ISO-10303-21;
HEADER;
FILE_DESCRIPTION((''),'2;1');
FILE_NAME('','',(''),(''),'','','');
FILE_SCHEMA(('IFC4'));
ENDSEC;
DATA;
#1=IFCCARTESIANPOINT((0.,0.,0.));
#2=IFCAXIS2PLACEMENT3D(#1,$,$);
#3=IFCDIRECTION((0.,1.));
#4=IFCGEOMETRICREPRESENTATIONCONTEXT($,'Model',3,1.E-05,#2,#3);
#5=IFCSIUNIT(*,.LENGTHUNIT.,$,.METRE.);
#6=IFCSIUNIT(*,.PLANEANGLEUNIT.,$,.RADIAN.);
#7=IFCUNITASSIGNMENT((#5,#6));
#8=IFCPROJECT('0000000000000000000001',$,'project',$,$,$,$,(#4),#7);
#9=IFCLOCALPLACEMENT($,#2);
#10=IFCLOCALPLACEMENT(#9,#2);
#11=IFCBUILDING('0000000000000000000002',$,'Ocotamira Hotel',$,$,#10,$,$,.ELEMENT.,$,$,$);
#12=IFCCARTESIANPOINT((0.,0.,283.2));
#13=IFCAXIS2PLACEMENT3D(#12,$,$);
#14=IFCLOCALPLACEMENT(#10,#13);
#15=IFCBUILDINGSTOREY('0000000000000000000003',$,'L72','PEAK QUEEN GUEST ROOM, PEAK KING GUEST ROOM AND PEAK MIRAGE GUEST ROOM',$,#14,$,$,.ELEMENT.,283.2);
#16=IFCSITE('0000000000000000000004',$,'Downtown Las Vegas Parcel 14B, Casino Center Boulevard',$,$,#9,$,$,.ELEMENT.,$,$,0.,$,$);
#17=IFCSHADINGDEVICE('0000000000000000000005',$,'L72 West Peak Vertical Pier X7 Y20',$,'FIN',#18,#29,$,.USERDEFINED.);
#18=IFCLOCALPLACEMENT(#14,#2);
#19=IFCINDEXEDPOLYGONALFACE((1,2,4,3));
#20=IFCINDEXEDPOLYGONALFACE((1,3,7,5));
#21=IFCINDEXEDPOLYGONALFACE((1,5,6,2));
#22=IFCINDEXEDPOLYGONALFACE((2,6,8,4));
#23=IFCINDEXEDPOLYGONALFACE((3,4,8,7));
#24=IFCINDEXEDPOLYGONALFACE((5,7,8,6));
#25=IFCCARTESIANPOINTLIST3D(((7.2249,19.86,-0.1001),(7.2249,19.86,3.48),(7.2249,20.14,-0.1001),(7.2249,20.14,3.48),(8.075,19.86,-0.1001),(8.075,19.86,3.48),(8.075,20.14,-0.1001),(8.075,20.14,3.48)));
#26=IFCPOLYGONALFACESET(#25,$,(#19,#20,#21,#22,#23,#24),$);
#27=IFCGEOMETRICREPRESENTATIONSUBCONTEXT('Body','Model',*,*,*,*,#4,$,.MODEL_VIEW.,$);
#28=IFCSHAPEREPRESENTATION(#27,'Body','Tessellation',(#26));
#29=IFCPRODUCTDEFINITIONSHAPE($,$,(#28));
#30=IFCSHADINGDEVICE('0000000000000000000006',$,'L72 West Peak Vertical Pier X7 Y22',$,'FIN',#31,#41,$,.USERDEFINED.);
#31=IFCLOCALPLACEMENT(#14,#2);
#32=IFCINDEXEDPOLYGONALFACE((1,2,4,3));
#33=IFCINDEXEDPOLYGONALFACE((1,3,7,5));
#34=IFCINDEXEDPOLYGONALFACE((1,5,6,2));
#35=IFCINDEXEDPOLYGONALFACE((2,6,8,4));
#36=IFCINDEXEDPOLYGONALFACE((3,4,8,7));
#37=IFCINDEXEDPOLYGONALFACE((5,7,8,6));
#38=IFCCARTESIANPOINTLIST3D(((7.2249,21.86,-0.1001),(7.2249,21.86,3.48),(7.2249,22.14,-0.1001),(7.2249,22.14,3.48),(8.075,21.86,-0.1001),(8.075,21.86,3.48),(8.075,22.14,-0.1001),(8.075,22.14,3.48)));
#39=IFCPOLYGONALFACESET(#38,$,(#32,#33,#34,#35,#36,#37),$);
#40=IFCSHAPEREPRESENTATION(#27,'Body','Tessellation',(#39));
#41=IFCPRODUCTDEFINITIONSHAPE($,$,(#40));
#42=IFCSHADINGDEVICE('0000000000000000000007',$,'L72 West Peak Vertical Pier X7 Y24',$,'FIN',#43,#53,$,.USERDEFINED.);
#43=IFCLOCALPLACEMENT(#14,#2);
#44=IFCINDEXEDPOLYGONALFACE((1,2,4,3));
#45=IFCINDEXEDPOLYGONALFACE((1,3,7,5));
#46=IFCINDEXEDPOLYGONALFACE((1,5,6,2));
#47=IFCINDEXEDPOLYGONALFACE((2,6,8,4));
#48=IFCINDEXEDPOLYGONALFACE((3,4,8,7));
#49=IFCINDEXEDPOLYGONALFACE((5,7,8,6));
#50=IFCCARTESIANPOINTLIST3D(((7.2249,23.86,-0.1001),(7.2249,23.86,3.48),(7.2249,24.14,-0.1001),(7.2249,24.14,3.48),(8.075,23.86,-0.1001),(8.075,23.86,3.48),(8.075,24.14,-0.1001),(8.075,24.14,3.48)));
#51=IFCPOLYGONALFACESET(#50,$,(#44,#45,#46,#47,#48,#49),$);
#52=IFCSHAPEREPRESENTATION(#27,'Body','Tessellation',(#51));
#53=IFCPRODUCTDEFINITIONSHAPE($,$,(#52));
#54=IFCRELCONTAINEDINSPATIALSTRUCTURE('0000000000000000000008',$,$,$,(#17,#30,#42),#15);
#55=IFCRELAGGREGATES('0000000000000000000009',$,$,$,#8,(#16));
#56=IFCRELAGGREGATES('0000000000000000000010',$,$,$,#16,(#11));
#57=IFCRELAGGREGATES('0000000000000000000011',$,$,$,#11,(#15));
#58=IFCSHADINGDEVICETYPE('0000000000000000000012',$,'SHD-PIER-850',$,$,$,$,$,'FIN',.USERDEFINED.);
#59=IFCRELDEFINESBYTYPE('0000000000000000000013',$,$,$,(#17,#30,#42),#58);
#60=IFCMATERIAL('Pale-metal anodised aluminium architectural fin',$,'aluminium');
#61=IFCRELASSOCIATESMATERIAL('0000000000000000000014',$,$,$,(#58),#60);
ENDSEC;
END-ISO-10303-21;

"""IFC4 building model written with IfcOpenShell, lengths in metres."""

from ifc_helpers import new_model, si_unit, direction, frame, origin, origin_2d, place, context, subcontext, project, spatial, rectangle, extrude, source, transform, mapped, material, type_object, element, save


model = new_model("IFC4")

# Units and contexts
model_context = context("Model", 3, precision=1e-05, world=origin(), true_north=direction((0.0, 1.0)))
body_context = subcontext(model_context, "Body", "Model", "MODEL_VIEW")
ifc_project = project(units=[si_unit("LENGTHUNIT", "METRE"), si_unit("PLANEANGLEUNIT", "RADIAN")], contexts=[model_context])

# Site, building, storey
site_placement = place(None, origin())
site = spatial("IfcSite", under=ifc_project, at=site_placement, Name="Downtown Las Vegas Parcel 14B, Casino Center Boulevard", CompositionType="ELEMENT", RefElevation=0.0)
building_placement = place(site_placement, origin())
building = spatial("IfcBuilding", under=site, at=building_placement, Name="Ocotamira Hotel", CompositionType="ELEMENT")
storey_placement = place(building_placement, frame((0.0, 0.0, 283.2)))
storey = spatial("IfcBuildingStorey", under=building, at=storey_placement, Name="L72", Description="PEAK QUEEN GUEST ROOM, PEAK KING GUEST ROOM AND PEAK MIRAGE GUEST ROOM", CompositionType="ELEMENT", Elevation=283.2)

# Shading devices
ifc_material_1 = material(Name="Pale-metal anodised aluminium architectural fin", Category="aluminium")
shading_device_type = type_object("IfcShadingDeviceType", Name="SHD-PIER-850", ElementType="FIN", PredefinedType="USERDEFINED", material=ifc_material_1)
shared_shape_1 = source(origin(), body_context, "Body", "SweptSolid", [
    extrude(rectangle(XDim=0.8501, YDim=0.28, at=origin_2d()), origin(), (0.0, 0.0, 1.0), 3.5801),
])
for number, where, z_axis, x_axis, name in (
    (1, (7.6499, 20.0, -0.1001), (0.0, 0.0, 1.0), (1.0, 0.0, 0.0), "L72 West Peak Vertical Pier X7 Y20"),
    (2, (7.6499, 22.0, -0.1001), (0.0, 0.0, 1.0), (1.0, 0.0, 0.0), "L72 West Peak Vertical Pier X7 Y22"),
    (3, (7.6499, 24.0, -0.1001), (0.0, 0.0, 1.0), (1.0, 0.0, 0.0), "L72 West Peak Vertical Pier X7 Y24"),
):
    element("IfcShadingDevice", number, at=place(storey_placement, frame(where, z_axis=z_axis, x_axis=x_axis)), inside=storey, type_object=shading_device_type, Name=name, ObjectType="FIN", PredefinedType="USERDEFINED", context=body_context, shape_type="MappedRepresentation", body=[
        mapped(shared_shape_1, transform((0.0, 0.0, 0.0), scale=1.0)),
    ])

save(model, "model.ifc")
